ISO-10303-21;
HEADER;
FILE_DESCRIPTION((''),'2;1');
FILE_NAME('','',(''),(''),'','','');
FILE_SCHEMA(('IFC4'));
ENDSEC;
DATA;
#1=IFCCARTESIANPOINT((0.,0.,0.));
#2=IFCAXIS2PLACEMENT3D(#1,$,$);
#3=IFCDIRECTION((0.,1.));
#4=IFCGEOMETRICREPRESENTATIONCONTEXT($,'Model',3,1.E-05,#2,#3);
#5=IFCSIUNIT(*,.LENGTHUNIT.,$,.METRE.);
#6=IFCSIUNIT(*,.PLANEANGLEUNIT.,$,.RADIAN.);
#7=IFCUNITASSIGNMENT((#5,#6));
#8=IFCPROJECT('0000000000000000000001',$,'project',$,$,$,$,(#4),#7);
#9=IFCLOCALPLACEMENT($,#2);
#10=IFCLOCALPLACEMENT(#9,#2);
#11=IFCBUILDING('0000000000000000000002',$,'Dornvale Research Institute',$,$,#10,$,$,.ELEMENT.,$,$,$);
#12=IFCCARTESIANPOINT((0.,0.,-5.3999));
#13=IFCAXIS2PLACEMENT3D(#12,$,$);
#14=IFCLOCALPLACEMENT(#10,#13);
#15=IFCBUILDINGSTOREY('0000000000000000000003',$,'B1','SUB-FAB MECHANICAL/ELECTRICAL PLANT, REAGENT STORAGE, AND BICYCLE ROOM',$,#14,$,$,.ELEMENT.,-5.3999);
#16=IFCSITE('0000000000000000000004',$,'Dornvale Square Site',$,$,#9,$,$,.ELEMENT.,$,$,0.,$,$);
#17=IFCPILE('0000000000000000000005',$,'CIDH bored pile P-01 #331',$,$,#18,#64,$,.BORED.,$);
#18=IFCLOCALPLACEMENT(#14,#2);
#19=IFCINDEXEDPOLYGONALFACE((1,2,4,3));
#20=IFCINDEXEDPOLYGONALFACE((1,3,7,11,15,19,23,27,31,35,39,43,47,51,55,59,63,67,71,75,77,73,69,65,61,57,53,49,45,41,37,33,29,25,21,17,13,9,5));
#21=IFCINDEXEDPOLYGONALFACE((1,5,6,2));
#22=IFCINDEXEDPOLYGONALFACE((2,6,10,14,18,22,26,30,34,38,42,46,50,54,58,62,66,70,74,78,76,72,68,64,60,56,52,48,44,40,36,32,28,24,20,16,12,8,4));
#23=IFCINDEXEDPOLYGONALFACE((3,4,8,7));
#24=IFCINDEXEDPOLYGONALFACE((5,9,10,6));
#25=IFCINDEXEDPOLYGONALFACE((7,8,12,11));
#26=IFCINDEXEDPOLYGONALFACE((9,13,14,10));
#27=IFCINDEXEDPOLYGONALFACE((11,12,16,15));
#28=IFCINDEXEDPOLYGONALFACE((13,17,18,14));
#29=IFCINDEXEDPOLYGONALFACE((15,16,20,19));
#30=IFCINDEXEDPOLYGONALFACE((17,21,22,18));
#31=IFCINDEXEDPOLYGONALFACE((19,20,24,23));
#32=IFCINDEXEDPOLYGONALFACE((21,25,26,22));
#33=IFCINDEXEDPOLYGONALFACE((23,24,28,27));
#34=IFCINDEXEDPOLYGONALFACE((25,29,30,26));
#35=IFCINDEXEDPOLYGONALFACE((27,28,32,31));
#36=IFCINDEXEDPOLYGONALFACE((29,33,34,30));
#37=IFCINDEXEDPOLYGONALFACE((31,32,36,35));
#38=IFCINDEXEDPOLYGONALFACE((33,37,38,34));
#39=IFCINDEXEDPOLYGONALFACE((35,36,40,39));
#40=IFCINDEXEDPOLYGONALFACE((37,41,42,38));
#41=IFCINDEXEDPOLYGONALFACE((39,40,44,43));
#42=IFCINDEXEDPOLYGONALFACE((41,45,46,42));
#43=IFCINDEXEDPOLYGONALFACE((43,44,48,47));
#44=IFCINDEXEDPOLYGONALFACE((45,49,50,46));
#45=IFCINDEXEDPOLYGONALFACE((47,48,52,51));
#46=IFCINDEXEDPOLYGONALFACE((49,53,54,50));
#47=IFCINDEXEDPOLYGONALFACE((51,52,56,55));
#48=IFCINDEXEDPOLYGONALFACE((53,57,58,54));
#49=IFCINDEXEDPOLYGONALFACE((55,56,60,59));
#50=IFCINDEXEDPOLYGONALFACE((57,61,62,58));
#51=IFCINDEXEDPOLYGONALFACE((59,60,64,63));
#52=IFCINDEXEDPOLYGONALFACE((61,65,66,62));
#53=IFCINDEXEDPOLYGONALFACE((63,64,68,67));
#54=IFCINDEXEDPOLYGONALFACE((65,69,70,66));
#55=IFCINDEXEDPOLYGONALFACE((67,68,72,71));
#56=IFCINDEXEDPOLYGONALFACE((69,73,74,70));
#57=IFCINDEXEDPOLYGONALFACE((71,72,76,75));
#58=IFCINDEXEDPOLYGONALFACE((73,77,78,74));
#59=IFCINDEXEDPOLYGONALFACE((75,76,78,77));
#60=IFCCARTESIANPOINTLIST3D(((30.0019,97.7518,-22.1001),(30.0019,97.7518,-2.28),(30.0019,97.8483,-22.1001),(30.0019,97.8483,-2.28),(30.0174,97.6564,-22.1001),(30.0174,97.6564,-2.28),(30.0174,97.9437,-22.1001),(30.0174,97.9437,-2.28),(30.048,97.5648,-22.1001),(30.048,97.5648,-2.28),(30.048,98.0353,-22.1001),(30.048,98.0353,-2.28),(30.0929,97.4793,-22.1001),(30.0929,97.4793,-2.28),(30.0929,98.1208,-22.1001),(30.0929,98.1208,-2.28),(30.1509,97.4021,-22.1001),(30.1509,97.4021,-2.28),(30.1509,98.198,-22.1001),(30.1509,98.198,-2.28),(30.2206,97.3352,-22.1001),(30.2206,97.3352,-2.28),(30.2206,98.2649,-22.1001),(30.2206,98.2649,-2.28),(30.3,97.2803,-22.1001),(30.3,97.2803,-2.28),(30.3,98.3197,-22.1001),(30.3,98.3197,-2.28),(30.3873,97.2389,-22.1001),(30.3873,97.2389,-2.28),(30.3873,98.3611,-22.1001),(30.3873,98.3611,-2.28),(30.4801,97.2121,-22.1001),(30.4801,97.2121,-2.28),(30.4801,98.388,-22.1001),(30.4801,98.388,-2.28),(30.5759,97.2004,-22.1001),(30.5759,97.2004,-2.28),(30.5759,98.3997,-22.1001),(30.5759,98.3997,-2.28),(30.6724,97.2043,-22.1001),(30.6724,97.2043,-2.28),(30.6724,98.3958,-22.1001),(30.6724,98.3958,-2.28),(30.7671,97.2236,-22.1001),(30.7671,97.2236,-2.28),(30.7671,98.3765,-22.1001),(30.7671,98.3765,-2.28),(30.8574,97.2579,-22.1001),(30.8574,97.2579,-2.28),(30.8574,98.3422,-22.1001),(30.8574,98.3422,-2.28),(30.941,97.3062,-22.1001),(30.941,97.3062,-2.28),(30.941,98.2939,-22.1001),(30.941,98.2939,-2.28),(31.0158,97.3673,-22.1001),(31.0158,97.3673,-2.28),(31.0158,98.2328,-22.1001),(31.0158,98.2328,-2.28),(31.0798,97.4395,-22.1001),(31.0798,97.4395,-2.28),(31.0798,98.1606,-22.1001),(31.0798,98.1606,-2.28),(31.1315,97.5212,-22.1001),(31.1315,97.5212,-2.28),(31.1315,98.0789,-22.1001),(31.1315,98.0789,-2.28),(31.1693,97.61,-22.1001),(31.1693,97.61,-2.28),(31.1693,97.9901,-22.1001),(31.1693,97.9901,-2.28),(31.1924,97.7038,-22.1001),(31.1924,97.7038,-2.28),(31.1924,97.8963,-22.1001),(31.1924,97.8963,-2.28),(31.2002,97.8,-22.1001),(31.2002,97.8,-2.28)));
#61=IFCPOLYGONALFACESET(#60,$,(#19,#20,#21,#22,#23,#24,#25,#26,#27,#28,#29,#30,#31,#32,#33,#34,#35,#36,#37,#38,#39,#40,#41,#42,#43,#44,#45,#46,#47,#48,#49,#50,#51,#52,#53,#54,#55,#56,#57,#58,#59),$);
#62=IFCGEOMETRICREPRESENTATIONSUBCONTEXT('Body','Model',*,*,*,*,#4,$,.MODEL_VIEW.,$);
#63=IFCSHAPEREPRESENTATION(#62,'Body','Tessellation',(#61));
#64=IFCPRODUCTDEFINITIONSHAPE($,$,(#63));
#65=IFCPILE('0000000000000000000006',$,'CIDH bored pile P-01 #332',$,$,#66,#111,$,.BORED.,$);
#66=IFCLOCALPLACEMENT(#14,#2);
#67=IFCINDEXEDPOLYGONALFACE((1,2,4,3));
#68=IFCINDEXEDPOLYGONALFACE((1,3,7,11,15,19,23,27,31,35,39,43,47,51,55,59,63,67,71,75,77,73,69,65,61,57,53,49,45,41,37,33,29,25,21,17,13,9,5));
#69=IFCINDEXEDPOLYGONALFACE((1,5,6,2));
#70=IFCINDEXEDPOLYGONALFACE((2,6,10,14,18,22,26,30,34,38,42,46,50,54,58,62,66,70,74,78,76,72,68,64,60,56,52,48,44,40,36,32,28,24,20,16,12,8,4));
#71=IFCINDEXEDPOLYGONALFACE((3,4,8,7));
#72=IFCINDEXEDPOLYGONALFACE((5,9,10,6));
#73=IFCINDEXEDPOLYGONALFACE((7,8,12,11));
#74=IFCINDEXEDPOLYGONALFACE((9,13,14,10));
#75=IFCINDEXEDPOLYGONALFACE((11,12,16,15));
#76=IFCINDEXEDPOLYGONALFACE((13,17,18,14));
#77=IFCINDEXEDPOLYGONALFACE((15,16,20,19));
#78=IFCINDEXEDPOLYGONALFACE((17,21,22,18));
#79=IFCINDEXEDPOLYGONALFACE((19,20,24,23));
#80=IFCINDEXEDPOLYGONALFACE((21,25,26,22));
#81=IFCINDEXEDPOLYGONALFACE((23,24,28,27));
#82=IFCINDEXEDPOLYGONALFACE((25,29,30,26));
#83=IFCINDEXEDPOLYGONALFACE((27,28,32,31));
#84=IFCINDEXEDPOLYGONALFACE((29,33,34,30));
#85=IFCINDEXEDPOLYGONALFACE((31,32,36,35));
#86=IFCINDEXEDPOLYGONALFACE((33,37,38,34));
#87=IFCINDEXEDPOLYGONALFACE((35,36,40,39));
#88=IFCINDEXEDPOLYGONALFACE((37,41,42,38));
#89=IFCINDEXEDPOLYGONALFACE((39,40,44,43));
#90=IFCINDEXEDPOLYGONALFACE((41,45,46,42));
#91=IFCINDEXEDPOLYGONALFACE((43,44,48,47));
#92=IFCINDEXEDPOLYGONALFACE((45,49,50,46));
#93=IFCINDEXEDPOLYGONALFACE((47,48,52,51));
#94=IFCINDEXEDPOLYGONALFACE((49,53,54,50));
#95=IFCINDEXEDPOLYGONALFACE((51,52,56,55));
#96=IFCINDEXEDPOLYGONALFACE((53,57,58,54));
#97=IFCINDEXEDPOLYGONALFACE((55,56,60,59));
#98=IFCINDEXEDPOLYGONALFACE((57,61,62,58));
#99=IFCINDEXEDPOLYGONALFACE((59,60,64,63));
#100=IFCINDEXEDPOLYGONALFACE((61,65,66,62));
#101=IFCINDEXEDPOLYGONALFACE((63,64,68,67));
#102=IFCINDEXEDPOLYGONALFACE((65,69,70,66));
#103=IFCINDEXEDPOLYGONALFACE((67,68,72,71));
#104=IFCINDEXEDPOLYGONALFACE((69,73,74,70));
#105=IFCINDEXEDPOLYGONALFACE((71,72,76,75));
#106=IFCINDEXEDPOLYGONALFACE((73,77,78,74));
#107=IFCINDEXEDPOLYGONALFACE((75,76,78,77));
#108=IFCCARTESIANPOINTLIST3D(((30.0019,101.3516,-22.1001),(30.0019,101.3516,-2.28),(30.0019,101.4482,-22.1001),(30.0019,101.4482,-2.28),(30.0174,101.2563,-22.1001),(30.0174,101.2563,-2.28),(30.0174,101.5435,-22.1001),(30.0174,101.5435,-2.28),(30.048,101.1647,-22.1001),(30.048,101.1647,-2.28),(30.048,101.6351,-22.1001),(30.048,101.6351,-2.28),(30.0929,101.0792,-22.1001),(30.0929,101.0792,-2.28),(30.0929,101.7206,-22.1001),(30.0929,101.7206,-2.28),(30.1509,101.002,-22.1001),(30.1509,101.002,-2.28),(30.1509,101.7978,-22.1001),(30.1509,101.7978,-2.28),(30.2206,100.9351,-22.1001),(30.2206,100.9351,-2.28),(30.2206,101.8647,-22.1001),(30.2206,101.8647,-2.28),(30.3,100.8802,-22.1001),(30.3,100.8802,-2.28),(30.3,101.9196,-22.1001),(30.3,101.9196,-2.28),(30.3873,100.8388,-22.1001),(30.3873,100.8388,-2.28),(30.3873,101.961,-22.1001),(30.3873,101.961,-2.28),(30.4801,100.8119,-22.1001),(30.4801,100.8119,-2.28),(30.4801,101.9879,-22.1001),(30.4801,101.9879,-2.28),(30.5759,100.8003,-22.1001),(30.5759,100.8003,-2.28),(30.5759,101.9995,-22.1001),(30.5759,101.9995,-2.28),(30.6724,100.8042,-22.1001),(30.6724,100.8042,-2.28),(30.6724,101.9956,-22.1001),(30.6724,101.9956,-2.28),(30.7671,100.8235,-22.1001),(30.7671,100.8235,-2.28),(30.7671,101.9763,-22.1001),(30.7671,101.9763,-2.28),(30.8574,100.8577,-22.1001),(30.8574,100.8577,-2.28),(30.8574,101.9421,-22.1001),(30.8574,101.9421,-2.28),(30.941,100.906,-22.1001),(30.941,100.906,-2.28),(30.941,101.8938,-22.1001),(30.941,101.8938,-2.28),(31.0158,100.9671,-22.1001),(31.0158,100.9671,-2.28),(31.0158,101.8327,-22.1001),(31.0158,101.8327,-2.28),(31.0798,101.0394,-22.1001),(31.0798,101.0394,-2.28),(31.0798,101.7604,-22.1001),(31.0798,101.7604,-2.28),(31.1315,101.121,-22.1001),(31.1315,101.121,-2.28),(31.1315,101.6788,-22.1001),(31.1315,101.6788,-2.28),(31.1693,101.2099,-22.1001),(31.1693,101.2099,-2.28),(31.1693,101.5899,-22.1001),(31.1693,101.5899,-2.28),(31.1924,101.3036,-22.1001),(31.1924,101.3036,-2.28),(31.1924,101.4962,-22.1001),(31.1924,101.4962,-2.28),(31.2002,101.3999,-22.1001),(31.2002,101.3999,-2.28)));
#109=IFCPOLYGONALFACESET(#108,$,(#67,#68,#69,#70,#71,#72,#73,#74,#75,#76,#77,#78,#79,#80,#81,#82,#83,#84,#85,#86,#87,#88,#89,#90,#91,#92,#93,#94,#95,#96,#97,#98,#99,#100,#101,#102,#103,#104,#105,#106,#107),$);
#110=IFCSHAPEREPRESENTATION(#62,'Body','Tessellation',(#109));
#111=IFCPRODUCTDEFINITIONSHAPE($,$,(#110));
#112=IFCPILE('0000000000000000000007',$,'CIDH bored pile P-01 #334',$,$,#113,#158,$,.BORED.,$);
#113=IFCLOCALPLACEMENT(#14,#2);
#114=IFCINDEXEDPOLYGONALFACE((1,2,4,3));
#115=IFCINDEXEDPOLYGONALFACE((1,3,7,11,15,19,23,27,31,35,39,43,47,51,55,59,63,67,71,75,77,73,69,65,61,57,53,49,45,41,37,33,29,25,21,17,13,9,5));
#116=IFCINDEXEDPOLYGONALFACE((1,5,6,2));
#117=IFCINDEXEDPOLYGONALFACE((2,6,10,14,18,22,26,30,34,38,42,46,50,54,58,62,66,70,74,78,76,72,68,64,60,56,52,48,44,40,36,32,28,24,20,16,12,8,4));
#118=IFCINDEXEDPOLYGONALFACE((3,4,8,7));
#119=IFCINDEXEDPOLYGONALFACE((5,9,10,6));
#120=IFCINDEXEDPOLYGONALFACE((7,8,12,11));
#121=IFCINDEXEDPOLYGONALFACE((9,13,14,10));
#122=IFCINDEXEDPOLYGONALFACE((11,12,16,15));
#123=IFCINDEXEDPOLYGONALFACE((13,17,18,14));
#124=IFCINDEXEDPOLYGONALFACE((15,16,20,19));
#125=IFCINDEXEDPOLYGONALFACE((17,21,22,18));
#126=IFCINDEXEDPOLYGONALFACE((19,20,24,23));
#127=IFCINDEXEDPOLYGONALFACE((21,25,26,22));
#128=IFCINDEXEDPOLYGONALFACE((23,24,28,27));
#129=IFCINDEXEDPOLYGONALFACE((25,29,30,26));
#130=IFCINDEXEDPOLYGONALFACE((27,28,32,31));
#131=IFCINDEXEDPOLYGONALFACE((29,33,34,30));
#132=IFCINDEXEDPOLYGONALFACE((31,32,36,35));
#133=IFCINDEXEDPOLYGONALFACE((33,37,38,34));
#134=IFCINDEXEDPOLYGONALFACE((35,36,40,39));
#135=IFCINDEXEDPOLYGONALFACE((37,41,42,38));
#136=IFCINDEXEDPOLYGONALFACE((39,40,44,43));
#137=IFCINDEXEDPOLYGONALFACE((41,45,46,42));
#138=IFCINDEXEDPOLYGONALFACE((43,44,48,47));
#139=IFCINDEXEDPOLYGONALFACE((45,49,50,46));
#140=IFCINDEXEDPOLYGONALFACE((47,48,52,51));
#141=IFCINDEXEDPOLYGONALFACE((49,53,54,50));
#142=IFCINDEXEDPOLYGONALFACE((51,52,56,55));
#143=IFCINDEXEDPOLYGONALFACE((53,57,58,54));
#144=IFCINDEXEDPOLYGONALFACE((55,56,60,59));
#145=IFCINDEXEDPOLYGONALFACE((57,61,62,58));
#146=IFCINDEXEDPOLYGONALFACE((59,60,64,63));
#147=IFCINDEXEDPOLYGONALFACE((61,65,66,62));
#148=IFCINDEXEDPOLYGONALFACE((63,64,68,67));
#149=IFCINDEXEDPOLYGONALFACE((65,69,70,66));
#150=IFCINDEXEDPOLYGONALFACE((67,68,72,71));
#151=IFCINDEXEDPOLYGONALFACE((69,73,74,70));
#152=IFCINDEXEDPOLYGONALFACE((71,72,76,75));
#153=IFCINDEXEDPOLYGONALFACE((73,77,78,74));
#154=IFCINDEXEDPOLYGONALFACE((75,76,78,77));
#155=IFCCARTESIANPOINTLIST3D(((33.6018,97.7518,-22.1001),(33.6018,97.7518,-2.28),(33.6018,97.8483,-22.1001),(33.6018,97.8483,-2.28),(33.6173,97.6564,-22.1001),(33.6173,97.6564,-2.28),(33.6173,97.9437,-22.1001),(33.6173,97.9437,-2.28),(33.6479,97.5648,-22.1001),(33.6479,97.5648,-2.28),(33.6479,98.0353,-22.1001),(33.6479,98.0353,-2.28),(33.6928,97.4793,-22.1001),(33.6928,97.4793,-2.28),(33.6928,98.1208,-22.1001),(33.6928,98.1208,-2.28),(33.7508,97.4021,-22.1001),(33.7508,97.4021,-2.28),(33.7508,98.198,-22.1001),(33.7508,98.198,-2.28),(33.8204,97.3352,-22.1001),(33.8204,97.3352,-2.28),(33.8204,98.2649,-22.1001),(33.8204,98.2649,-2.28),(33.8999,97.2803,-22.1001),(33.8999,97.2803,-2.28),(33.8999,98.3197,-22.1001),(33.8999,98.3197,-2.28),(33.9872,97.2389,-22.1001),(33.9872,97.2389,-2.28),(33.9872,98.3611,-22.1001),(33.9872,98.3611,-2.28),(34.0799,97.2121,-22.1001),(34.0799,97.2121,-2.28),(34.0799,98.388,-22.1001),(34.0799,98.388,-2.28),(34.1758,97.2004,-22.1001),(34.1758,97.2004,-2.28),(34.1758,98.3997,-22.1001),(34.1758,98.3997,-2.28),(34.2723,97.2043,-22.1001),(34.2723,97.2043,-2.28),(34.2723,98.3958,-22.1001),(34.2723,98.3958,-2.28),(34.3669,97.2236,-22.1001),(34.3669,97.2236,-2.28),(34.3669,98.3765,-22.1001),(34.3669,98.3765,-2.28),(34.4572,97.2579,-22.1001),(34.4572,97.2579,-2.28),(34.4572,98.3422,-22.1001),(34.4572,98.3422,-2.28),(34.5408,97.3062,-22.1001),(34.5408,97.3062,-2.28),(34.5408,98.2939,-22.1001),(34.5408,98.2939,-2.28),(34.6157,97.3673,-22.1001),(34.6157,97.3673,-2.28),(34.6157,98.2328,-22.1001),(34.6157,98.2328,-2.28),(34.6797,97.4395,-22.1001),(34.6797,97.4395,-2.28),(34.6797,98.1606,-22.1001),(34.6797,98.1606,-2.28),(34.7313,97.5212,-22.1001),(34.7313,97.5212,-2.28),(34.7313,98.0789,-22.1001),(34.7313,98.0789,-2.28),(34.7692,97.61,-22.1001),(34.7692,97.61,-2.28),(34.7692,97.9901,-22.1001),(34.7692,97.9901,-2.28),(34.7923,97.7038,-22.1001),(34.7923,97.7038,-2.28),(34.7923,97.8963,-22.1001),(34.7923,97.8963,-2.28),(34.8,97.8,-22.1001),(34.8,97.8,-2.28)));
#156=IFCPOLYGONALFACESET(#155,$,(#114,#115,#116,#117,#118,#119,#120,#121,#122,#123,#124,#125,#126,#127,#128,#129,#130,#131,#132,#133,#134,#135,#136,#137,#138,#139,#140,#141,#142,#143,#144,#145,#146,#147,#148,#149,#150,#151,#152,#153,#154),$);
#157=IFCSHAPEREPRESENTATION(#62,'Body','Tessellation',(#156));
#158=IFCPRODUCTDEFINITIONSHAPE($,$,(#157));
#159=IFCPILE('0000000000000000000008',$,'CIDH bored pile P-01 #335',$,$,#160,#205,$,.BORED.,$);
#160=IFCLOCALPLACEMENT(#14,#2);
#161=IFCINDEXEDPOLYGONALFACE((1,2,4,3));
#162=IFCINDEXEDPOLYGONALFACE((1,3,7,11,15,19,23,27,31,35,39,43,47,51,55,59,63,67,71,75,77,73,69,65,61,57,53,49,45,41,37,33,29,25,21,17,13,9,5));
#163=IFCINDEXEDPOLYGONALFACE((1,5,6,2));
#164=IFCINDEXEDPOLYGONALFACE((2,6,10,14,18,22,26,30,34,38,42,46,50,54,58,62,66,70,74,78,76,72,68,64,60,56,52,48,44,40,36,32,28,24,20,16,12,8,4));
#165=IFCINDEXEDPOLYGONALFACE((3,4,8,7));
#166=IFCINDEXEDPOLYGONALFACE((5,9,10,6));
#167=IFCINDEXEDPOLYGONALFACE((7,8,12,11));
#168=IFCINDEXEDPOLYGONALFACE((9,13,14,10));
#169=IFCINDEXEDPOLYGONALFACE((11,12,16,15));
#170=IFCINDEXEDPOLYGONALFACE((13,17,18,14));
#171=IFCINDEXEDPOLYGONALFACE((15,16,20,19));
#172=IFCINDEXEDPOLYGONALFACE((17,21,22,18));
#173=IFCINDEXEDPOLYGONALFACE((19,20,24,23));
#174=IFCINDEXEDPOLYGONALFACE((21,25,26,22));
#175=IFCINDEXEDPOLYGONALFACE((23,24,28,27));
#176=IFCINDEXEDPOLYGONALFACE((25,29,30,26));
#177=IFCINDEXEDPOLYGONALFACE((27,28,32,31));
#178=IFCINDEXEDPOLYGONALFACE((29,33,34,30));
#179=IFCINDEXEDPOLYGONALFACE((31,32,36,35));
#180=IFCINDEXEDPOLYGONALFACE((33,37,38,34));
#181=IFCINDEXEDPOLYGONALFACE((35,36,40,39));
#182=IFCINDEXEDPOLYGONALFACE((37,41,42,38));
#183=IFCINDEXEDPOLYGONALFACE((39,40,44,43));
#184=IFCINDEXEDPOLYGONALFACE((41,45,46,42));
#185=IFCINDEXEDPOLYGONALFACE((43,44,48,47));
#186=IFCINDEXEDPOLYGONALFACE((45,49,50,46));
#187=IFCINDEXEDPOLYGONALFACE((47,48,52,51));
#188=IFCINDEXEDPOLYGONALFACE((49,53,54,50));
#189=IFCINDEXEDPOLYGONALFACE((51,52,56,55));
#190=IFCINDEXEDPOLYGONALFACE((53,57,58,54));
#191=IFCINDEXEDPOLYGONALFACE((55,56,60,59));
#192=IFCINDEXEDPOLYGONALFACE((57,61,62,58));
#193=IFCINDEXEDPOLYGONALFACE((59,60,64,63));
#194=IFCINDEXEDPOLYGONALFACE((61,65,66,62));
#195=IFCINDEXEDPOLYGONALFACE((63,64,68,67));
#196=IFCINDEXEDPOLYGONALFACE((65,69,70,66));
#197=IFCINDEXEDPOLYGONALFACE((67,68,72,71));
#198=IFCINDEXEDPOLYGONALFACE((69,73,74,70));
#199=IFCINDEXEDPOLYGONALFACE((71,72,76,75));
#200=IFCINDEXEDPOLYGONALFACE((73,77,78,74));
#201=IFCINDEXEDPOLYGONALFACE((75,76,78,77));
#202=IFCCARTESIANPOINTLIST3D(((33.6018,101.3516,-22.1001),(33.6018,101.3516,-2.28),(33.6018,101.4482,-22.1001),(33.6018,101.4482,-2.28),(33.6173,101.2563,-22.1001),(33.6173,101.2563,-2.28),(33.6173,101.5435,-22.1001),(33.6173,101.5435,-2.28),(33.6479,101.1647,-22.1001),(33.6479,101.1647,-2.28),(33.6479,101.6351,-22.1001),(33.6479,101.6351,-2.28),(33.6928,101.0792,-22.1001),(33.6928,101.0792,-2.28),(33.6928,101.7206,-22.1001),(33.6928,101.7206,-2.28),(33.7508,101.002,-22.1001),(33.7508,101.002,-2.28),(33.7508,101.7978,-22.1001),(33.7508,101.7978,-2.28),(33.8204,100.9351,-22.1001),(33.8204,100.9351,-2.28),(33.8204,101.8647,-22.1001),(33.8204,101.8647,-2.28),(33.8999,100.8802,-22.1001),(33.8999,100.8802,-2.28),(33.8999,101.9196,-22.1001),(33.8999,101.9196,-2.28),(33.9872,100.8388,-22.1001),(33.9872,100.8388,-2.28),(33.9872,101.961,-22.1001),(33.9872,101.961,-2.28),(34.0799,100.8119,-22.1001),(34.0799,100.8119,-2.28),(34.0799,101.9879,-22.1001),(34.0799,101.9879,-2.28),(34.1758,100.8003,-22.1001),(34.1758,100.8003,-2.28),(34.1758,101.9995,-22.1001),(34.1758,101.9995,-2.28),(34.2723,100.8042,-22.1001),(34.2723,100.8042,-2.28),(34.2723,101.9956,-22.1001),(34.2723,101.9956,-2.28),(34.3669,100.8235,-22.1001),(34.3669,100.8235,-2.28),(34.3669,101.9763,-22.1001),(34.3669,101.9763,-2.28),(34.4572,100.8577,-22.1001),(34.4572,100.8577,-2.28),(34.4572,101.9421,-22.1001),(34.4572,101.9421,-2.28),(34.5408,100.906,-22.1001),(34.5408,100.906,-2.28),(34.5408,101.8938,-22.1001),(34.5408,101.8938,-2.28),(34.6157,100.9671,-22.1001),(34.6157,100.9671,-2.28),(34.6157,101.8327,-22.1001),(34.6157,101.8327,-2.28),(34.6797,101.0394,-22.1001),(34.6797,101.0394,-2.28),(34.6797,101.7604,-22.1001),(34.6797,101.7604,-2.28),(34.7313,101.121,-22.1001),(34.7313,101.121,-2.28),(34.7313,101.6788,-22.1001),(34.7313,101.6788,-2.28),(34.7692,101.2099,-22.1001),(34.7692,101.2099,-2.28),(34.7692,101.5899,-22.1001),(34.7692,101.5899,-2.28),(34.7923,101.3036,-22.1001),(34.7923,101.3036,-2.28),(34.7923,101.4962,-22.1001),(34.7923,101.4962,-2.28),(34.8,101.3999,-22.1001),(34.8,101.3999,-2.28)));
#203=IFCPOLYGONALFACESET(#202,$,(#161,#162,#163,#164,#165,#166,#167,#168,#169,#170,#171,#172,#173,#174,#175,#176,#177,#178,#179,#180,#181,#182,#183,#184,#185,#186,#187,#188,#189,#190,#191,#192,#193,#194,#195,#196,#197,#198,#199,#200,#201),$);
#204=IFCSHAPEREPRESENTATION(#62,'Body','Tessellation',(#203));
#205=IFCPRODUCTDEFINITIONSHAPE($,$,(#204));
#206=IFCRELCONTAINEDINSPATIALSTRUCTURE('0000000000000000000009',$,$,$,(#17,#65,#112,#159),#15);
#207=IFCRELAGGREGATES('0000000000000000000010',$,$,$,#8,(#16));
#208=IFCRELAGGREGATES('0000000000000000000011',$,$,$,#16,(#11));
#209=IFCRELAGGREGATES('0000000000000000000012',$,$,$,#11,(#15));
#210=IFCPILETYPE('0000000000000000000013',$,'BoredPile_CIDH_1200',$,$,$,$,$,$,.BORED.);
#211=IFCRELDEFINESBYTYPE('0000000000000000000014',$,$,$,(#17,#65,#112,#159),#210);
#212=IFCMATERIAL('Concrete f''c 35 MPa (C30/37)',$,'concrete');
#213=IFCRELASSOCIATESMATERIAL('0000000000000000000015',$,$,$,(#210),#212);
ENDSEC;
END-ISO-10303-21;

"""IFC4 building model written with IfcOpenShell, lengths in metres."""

from ifc_helpers import new_model, si_unit, direction, frame, origin, origin_2d, place, context, subcontext, project, spatial, circle, extrude, material, material_profile, profile_set, type_object, element, save


model = new_model("IFC4")

# Units and contexts
model_context = context("Model", 3, precision=1e-05, world=origin(), true_north=direction((0.0, 1.0)))
body_context = subcontext(model_context, "Body", "Model", "MODEL_VIEW")
ifc_project = project(units=[si_unit("LENGTHUNIT", "METRE"), si_unit("PLANEANGLEUNIT", "RADIAN")], contexts=[model_context])

# Site, building, storey
site_placement = place(None, origin())
site = spatial("IfcSite", under=ifc_project, at=site_placement, Name="Dornvale Square Site", CompositionType="ELEMENT", RefElevation=0.0)
building_placement = place(site_placement, origin())
building = spatial("IfcBuilding", under=site, at=building_placement, Name="Dornvale Research Institute", CompositionType="ELEMENT")
storey_placement = place(building_placement, frame((0.0, 0.0, -5.3999)))
storey = spatial("IfcBuildingStorey", under=building, at=storey_placement, Name="B1", Description="SUB-FAB MECHANICAL/ELECTRICAL PLANT, REAGENT STORAGE, AND BICYCLE ROOM", CompositionType="ELEMENT", Elevation=-5.3999)

# Piles
ifc_material_1 = material(Name="Concrete f'c 35 MPa (C30/37)", Category="concrete")
ifc_material_profile_1 = material_profile(ifc_material_1, circle(Radius=0.6001, at=origin_2d()), Name="CIDH PILE D1200")
ifc_profile_set_1 = profile_set([ifc_material_profile_1], Name="Concrete f'c 35 MPa (C30/37)")
pile_type_1 = type_object("IfcPileType", Name="BoredPile_CIDH_1200", PredefinedType="BORED", material=ifc_profile_set_1)
for number, where, z_axis, x_axis, name in (
    (1, (30.6001, 97.8, -2.28), (0.0, 0.0, -1.0), (1.0, 0.0, 0.0), "CIDH bored pile P-01 #331"),
    (2, (30.6001, 101.3999, -2.28), (0.0, 0.0, -1.0), (1.0, 0.0, 0.0), "CIDH bored pile P-01 #332"),
    (3, (34.2, 97.8, -2.28), (0.0, 0.0, -1.0), (1.0, 0.0, 0.0), "CIDH bored pile P-01 #334"),
    (4, (34.2, 101.3999, -2.28), (0.0, 0.0, -1.0), (1.0, 0.0, 0.0), "CIDH bored pile P-01 #335"),
):
    element("IfcPile", number, at=place(storey_placement, frame(where, z_axis=z_axis, x_axis=x_axis)), inside=storey, type_object=pile_type_1, Name=name, PredefinedType="BORED", context=body_context, shape_type="SweptSolid", body=[
        extrude(circle(Radius=0.6001, at=origin_2d()), origin(), (0.0, 0.0, 1.0), 19.8201),
    ])

save(model, "model.ifc")
